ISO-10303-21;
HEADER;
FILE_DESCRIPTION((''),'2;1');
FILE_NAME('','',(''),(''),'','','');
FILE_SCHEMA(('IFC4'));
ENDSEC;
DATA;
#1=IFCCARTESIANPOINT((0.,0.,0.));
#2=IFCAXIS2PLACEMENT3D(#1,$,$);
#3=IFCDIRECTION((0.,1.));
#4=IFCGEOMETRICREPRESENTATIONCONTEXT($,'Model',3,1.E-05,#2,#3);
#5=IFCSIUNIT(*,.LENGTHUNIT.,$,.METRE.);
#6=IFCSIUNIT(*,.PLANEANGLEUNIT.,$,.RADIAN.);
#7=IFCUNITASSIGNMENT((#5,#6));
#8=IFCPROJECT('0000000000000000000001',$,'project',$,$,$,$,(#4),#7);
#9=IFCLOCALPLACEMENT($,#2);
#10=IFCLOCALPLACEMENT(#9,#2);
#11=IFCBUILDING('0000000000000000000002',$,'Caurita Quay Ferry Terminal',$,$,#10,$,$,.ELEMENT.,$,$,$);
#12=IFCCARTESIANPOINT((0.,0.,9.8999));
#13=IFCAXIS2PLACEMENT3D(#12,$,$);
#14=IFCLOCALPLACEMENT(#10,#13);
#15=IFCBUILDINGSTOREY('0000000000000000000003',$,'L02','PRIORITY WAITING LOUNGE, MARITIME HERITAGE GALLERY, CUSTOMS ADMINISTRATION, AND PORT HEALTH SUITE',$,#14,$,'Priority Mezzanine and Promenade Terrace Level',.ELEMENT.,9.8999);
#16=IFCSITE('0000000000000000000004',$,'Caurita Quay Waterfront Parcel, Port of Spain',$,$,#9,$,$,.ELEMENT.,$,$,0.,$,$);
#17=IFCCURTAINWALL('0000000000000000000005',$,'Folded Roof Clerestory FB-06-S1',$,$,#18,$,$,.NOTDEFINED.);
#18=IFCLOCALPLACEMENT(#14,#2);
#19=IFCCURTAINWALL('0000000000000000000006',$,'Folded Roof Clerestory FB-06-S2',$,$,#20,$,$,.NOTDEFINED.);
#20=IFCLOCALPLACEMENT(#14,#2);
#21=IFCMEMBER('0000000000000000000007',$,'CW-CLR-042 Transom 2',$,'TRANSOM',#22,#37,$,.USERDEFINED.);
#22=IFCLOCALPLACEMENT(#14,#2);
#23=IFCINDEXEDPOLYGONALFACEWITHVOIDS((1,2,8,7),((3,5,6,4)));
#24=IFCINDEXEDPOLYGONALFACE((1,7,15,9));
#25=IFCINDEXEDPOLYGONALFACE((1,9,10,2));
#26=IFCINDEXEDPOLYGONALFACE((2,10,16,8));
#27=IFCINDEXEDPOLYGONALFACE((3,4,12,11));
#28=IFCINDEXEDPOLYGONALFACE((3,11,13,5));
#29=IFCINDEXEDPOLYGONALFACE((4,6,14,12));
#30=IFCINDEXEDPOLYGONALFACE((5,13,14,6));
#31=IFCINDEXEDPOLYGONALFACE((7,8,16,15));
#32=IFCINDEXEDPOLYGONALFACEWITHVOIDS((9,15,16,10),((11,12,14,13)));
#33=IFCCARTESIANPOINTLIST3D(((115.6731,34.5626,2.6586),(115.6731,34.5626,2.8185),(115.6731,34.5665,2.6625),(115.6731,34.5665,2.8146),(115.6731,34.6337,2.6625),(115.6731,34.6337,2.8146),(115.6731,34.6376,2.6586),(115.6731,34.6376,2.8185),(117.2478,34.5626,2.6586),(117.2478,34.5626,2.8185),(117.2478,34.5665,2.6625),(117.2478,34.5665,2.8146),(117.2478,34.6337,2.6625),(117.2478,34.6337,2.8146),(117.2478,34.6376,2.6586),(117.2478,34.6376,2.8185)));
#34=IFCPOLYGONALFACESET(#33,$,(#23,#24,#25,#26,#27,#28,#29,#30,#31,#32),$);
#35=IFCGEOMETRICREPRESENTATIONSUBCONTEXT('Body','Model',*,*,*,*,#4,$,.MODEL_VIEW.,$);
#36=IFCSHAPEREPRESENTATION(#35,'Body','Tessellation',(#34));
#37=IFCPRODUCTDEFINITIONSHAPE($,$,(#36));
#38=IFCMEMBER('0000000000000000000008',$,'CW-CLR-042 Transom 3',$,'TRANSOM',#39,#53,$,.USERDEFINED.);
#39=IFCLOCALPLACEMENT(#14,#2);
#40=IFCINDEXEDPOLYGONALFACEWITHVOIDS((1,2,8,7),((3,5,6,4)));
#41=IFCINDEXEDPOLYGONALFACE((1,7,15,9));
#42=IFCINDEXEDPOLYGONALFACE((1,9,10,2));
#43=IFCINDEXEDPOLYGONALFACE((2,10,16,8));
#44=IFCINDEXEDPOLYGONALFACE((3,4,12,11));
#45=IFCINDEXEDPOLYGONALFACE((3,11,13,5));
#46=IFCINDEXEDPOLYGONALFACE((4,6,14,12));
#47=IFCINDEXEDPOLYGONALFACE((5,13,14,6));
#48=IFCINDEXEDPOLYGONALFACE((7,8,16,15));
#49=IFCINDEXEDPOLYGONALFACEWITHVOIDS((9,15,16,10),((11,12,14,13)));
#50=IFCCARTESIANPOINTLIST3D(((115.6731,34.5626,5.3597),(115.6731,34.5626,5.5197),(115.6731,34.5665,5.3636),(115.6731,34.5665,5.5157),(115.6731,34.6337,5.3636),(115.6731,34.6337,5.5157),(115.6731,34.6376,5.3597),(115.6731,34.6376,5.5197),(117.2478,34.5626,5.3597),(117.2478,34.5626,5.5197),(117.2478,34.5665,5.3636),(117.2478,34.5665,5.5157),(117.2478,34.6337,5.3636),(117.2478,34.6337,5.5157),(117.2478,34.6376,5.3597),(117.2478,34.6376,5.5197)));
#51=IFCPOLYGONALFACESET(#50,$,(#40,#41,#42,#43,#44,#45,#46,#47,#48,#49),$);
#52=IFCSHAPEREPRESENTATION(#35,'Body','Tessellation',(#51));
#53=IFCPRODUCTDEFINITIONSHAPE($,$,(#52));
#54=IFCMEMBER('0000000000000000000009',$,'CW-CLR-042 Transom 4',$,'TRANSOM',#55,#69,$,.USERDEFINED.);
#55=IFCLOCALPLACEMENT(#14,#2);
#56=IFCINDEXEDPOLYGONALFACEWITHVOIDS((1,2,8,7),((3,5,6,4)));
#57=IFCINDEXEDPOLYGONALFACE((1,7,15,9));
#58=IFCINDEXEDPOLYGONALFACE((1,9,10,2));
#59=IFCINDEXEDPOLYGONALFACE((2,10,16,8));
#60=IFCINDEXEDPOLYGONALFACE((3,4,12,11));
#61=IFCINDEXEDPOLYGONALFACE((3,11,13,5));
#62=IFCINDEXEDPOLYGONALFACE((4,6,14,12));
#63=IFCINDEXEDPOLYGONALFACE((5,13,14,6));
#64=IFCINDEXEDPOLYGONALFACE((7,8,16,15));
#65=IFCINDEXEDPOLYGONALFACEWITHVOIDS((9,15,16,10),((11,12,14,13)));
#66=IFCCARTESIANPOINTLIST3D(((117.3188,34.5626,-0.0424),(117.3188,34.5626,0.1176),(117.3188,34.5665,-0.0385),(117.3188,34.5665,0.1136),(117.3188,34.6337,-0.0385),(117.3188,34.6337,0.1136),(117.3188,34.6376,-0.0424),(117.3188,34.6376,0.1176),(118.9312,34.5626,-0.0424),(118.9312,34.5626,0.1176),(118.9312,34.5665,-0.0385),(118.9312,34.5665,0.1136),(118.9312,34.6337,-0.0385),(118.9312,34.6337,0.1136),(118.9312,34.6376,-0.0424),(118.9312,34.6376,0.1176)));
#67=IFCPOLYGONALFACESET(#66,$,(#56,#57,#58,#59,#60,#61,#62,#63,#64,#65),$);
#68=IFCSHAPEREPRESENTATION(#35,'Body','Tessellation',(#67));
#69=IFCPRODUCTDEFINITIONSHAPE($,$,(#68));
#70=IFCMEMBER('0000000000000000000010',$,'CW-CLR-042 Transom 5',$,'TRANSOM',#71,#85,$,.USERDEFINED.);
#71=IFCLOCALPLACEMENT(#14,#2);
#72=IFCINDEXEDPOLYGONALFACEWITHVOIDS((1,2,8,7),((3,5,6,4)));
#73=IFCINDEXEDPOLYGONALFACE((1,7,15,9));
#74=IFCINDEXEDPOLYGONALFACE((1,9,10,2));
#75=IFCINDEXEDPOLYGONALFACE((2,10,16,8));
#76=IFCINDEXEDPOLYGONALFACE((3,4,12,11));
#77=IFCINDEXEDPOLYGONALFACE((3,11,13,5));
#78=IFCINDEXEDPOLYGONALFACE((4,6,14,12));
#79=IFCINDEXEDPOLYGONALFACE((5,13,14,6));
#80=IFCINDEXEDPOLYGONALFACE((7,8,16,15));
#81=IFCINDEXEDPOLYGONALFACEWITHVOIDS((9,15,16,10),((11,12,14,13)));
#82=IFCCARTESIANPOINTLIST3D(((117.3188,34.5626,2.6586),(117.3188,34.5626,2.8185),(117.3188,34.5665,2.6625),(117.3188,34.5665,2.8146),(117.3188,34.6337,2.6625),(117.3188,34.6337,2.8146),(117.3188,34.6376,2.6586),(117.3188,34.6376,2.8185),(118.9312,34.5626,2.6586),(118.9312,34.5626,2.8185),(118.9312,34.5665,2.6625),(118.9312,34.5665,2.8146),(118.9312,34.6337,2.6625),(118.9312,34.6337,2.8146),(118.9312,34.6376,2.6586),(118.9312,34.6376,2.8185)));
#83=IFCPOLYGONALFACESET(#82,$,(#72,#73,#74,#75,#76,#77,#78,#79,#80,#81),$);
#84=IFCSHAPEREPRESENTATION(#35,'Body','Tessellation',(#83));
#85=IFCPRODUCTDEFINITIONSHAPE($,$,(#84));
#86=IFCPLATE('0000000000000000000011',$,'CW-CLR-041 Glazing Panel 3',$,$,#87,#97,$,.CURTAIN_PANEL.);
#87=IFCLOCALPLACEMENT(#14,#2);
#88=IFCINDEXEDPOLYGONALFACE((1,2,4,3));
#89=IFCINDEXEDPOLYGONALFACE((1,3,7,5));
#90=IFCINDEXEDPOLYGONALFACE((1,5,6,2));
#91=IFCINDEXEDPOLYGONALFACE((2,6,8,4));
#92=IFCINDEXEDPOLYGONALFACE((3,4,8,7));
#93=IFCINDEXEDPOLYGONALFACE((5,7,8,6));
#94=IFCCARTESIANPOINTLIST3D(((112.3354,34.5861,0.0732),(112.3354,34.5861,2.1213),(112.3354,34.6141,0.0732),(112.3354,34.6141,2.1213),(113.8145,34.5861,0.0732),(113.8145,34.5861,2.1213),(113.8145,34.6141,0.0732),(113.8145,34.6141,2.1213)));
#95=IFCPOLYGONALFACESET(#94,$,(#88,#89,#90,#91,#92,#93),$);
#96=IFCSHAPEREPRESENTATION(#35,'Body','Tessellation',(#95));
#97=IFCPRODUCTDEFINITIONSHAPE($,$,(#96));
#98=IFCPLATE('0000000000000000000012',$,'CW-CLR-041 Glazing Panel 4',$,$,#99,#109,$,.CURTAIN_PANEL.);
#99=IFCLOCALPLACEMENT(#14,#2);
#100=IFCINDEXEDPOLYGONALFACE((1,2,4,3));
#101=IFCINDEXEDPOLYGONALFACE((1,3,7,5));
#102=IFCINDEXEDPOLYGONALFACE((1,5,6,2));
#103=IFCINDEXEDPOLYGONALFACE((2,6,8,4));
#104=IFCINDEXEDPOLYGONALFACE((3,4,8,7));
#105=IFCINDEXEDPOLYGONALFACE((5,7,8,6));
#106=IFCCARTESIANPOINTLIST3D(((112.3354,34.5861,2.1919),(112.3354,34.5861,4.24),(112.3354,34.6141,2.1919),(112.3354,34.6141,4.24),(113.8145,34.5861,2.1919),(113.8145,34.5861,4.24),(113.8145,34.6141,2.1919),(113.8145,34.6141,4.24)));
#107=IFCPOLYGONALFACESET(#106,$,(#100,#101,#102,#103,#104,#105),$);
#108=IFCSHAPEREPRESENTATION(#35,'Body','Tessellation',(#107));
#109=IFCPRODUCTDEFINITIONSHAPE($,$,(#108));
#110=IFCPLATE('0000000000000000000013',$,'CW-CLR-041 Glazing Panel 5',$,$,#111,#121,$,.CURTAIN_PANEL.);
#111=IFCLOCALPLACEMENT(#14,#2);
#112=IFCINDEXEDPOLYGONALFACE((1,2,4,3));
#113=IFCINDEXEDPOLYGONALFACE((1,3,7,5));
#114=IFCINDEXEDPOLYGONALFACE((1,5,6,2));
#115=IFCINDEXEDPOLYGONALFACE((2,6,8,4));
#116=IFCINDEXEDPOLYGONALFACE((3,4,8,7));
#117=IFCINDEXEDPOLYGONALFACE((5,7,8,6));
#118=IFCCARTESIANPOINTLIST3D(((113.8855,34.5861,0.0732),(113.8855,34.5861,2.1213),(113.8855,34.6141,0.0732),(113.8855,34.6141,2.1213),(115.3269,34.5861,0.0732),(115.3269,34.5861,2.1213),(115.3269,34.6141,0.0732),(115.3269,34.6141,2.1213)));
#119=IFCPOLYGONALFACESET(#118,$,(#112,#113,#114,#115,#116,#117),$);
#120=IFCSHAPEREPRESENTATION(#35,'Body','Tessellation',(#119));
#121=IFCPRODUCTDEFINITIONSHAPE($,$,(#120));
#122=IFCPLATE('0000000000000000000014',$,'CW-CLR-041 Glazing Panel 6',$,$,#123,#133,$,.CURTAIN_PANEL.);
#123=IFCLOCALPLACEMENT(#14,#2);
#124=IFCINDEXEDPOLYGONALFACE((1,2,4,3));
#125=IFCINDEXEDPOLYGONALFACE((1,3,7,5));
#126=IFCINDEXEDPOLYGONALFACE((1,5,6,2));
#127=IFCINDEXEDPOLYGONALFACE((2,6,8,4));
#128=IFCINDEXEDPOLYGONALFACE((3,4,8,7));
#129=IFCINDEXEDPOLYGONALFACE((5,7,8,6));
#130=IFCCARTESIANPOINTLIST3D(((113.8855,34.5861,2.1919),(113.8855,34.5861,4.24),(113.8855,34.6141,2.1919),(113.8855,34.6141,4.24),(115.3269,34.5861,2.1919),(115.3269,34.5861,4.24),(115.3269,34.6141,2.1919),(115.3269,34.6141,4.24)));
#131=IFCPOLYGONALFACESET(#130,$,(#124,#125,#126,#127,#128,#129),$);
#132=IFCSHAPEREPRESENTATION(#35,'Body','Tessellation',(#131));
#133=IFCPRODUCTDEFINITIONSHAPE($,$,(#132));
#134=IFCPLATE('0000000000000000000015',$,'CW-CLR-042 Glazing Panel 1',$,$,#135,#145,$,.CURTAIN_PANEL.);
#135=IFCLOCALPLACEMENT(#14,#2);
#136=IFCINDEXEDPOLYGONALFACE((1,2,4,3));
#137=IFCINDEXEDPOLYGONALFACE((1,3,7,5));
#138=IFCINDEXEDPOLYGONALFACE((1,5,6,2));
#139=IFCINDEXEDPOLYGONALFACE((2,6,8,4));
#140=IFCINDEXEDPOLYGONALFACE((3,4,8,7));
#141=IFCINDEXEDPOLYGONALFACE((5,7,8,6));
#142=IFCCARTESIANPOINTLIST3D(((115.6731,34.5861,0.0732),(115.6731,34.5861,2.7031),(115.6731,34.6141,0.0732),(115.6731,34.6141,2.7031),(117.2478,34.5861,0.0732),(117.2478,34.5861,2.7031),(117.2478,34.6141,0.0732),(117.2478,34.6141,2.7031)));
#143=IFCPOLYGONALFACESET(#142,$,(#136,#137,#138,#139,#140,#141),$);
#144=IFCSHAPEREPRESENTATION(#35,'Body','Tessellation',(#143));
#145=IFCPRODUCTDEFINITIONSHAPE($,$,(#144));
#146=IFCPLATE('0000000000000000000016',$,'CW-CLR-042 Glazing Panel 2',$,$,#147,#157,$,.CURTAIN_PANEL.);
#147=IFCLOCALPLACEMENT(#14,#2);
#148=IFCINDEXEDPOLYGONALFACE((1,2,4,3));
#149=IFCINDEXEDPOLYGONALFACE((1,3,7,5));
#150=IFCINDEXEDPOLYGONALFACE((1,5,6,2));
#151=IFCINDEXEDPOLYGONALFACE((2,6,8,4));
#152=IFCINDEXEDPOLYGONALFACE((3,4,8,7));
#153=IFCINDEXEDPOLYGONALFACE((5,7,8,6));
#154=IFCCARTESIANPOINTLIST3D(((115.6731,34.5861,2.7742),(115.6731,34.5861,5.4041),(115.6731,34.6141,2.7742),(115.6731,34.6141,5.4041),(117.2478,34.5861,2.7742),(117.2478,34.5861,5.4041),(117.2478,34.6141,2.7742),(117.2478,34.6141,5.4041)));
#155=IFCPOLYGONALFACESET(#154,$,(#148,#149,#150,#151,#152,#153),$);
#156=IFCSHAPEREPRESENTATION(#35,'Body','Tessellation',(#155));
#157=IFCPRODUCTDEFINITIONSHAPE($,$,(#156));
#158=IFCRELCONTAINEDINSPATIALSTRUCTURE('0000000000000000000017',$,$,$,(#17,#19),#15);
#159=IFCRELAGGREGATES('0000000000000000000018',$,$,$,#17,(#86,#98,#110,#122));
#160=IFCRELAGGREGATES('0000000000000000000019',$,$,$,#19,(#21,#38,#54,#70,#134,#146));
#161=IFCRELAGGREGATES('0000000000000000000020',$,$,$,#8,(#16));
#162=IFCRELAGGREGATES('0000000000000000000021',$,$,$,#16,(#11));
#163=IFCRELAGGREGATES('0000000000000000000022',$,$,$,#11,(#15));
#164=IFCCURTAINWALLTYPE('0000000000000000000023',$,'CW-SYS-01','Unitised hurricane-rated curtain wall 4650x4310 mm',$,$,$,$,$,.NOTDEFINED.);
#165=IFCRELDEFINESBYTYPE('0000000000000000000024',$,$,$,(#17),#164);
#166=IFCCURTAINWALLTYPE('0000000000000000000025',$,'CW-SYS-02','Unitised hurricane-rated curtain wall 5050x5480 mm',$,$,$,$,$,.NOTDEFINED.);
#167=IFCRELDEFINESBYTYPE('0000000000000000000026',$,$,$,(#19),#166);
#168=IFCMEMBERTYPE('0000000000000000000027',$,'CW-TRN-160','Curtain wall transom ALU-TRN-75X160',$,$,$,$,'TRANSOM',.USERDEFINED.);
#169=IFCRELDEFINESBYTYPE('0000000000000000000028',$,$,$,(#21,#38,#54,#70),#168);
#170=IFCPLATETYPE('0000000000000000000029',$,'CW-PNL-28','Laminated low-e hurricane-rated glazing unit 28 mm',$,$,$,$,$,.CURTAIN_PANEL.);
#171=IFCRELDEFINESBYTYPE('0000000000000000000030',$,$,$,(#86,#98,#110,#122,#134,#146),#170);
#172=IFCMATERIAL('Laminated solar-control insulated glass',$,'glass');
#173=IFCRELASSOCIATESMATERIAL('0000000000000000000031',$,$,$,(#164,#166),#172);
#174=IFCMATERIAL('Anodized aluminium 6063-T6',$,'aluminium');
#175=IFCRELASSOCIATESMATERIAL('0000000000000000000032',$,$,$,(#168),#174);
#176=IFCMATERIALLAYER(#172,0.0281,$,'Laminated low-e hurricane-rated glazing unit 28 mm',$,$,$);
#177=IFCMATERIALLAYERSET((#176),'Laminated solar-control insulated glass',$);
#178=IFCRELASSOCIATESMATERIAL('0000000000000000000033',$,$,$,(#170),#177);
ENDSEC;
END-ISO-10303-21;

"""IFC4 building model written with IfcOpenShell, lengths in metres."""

from ifc_helpers import new_model, si_unit, direction, frame, origin, origin_2d, place, context, subcontext, project, spatial, rectangle, hollow_rectangle, extrude, material, layer, layer_set, material_profile, profile_set, type_object, element, aggregate, save


model = new_model("IFC4")

# Units and contexts
model_context = context("Model", 3, precision=1e-05, world=origin(), true_north=direction((0.0, 1.0)))
body_context = subcontext(model_context, "Body", "Model", "MODEL_VIEW")
ifc_project = project(units=[si_unit("LENGTHUNIT", "METRE"), si_unit("PLANEANGLEUNIT", "RADIAN")], contexts=[model_context])

# Site, building, storey
site_placement = place(None, origin())
site = spatial("IfcSite", under=ifc_project, at=site_placement, Name="Caurita Quay Waterfront Parcel, Port of Spain", CompositionType="ELEMENT", RefElevation=0.0)
building_placement = place(site_placement, origin())
building = spatial("IfcBuilding", under=site, at=building_placement, Name="Caurita Quay Ferry Terminal", CompositionType="ELEMENT")
storey_placement = place(building_placement, frame((0.0, 0.0, 9.8999)))
storey = spatial("IfcBuildingStorey", under=building, at=storey_placement, Name="L02", Description="PRIORITY WAITING LOUNGE, MARITIME HERITAGE GALLERY, CUSTOMS ADMINISTRATION, AND PORT HEALTH SUITE", LongName="Priority Mezzanine and Promenade Terrace Level", CompositionType="ELEMENT", Elevation=9.8999)

# Curtain walls
ifc_material_1 = material(Name="Laminated solar-control insulated glass", Category="glass")
curtain_wall_type_1 = type_object("IfcCurtainWallType", Name="CW-SYS-01", Description="Unitised hurricane-rated curtain wall 4650x4310 mm", PredefinedType="NOTDEFINED", material=ifc_material_1)
curtain_wall_1_placement = place(storey_placement, origin())
curtain_wall_1 = element("IfcCurtainWall", 1, at=curtain_wall_1_placement, inside=storey, type_object=curtain_wall_type_1, Name="Folded Roof Clerestory FB-06-S1", PredefinedType="NOTDEFINED")
ifc_material_2 = material(Name="Anodized aluminium 6063-T6", Category="aluminium")
curtain_wall_type_2 = type_object("IfcCurtainWallType", Name="CW-SYS-02", Description="Unitised hurricane-rated curtain wall 5050x5480 mm", PredefinedType="NOTDEFINED", material=ifc_material_1)
curtain_wall_2_placement = place(storey_placement, origin())
curtain_wall_2 = element("IfcCurtainWall", 2, at=curtain_wall_2_placement, inside=storey, type_object=curtain_wall_type_2, Name="Folded Roof Clerestory FB-06-S2", PredefinedType="NOTDEFINED")

# Members
ifc_material_profile_1 = material_profile(ifc_material_2, hollow_rectangle(XDim=0.075, YDim=0.1599, WallThickness=0.0039, at=origin_2d()), Name="ALU-TRN-75X160")
ifc_profile_set_1 = profile_set([ifc_material_profile_1], Name="Anodized aluminium 6063-T6")
member_type_1 = type_object("IfcMemberType", Name="CW-TRN-160", Description="Curtain wall transom ALU-TRN-75X160", ElementType="TRANSOM", PredefinedType="USERDEFINED", material=ifc_profile_set_1)
member_1_placement = place(storey_placement, frame((115.6731, 34.6001, 2.7385), z_axis=(1.0, 0.0, 0.0), x_axis=(0.0, 1.0, 0.0)))
member_1 = element("IfcMember", 3, at=member_1_placement, type_object=member_type_1, Name="CW-CLR-042 Transom 2", ObjectType="TRANSOM", PredefinedType="USERDEFINED", context=body_context, shape_type="SweptSolid", body=[
    extrude(hollow_rectangle(XDim=0.075, YDim=0.1599, WallThickness=0.0039, at=origin_2d()), origin(), (0.0, 0.0, 1.0), 1.5747),
])
member_2_placement = place(storey_placement, frame((115.6731, 34.6001, 5.4397), z_axis=(1.0, 0.0, 0.0), x_axis=(0.0, 1.0, 0.0)))
member_2 = element("IfcMember", 4, at=member_2_placement, type_object=member_type_1, Name="CW-CLR-042 Transom 3", ObjectType="TRANSOM", PredefinedType="USERDEFINED", context=body_context, shape_type="SweptSolid", body=[
    extrude(hollow_rectangle(XDim=0.075, YDim=0.1599, WallThickness=0.0039, at=origin_2d()), origin(), (0.0, 0.0, 1.0), 1.5747),
])
member_3_placement = place(storey_placement, frame((117.3188, 34.6001, 0.0376), z_axis=(1.0, 0.0, 0.0), x_axis=(0.0, 1.0, 0.0)))
member_3 = element("IfcMember", 5, at=member_3_placement, type_object=member_type_1, Name="CW-CLR-042 Transom 4", ObjectType="TRANSOM", PredefinedType="USERDEFINED", context=body_context, shape_type="SweptSolid", body=[
    extrude(hollow_rectangle(XDim=0.075, YDim=0.1599, WallThickness=0.0039, at=origin_2d()), origin(), (0.0, 0.0, 1.0), 1.6123),
])
member_4_placement = place(storey_placement, frame((117.3188, 34.6001, 2.7385), z_axis=(1.0, 0.0, 0.0), x_axis=(0.0, 1.0, 0.0)))
member_4 = element("IfcMember", 6, at=member_4_placement, type_object=member_type_1, Name="CW-CLR-042 Transom 5", ObjectType="TRANSOM", PredefinedType="USERDEFINED", context=body_context, shape_type="SweptSolid", body=[
    extrude(hollow_rectangle(XDim=0.075, YDim=0.1599, WallThickness=0.0039, at=origin_2d()), origin(), (0.0, 0.0, 1.0), 1.6123),
])

# Plates
ifc_layer = layer(ifc_material_1, 0.0281, Name="Laminated low-e hurricane-rated glazing unit 28 mm")
ifc_layer_set = layer_set([ifc_layer], Name="Laminated solar-control insulated glass")
plate_type = type_object("IfcPlateType", Name="CW-PNL-28", Description="Laminated low-e hurricane-rated glazing unit 28 mm", PredefinedType="CURTAIN_PANEL", material=ifc_layer_set)
plate_1_placement = place(storey_placement, frame((113.075, 34.6001, 0.0732), z_axis=(0.0, 0.0, 1.0), x_axis=(1.0, 0.0, 0.0)))
plate_1 = element("IfcPlate", 7, at=plate_1_placement, type_object=plate_type, Name="CW-CLR-041 Glazing Panel 3", PredefinedType="CURTAIN_PANEL", context=body_context, shape_type="SweptSolid", body=[
    extrude(rectangle(XDim=1.479, YDim=0.0281, at=origin_2d()), origin(), (0.0, 0.0, 1.0), 2.0481),
])
plate_2_placement = place(storey_placement, frame((113.075, 34.6001, 2.1919), z_axis=(0.0, 0.0, 1.0), x_axis=(1.0, 0.0, 0.0)))
plate_2 = element("IfcPlate", 8, at=plate_2_placement, type_object=plate_type, Name="CW-CLR-041 Glazing Panel 4", PredefinedType="CURTAIN_PANEL", context=body_context, shape_type="SweptSolid", body=[
    extrude(rectangle(XDim=1.479, YDim=0.0281, at=origin_2d()), origin(), (0.0, 0.0, 1.0), 2.0481),
])
plate_3_placement = place(storey_placement, frame((114.6062, 34.6001, 0.0732), z_axis=(0.0, 0.0, 1.0), x_axis=(1.0, 0.0, 0.0)))
plate_3 = element("IfcPlate", 9, at=plate_3_placement, type_object=plate_type, Name="CW-CLR-041 Glazing Panel 5", PredefinedType="CURTAIN_PANEL", context=body_context, shape_type="SweptSolid", body=[
    extrude(rectangle(XDim=1.4414, YDim=0.0281, at=origin_2d()), origin(), (0.0, 0.0, 1.0), 2.0481),
])
plate_4_placement = place(storey_placement, frame((114.6062, 34.6001, 2.1919), z_axis=(0.0, 0.0, 1.0), x_axis=(1.0, 0.0, 0.0)))
plate_4 = element("IfcPlate", 10, at=plate_4_placement, type_object=plate_type, Name="CW-CLR-041 Glazing Panel 6", PredefinedType="CURTAIN_PANEL", context=body_context, shape_type="SweptSolid", body=[
    extrude(rectangle(XDim=1.4414, YDim=0.0281, at=origin_2d()), origin(), (0.0, 0.0, 1.0), 2.0481),
])
aggregate(curtain_wall_1, [plate_1, plate_2, plate_3, plate_4])
plate_5_placement = place(storey_placement, frame((116.4604, 34.6001, 0.0732), z_axis=(0.0, 0.0, 1.0), x_axis=(1.0, 0.0, 0.0)))
plate_5 = element("IfcPlate", 11, at=plate_5_placement, type_object=plate_type, Name="CW-CLR-042 Glazing Panel 1", PredefinedType="CURTAIN_PANEL", context=body_context, shape_type="SweptSolid", body=[
    extrude(rectangle(XDim=1.5747, YDim=0.0281, at=origin_2d()), origin(), (0.0, 0.0, 1.0), 2.6299),
])
plate_6_placement = place(storey_placement, frame((116.4604, 34.6001, 2.7742), z_axis=(0.0, 0.0, 1.0), x_axis=(1.0, 0.0, 0.0)))
plate_6 = element("IfcPlate", 12, at=plate_6_placement, type_object=plate_type, Name="CW-CLR-042 Glazing Panel 2", PredefinedType="CURTAIN_PANEL", context=body_context, shape_type="SweptSolid", body=[
    extrude(rectangle(XDim=1.5747, YDim=0.0281, at=origin_2d()), origin(), (0.0, 0.0, 1.0), 2.6299),
])
aggregate(curtain_wall_2, [member_1, member_2, member_3, member_4, plate_5, plate_6])

save(model, "model.ifc")
